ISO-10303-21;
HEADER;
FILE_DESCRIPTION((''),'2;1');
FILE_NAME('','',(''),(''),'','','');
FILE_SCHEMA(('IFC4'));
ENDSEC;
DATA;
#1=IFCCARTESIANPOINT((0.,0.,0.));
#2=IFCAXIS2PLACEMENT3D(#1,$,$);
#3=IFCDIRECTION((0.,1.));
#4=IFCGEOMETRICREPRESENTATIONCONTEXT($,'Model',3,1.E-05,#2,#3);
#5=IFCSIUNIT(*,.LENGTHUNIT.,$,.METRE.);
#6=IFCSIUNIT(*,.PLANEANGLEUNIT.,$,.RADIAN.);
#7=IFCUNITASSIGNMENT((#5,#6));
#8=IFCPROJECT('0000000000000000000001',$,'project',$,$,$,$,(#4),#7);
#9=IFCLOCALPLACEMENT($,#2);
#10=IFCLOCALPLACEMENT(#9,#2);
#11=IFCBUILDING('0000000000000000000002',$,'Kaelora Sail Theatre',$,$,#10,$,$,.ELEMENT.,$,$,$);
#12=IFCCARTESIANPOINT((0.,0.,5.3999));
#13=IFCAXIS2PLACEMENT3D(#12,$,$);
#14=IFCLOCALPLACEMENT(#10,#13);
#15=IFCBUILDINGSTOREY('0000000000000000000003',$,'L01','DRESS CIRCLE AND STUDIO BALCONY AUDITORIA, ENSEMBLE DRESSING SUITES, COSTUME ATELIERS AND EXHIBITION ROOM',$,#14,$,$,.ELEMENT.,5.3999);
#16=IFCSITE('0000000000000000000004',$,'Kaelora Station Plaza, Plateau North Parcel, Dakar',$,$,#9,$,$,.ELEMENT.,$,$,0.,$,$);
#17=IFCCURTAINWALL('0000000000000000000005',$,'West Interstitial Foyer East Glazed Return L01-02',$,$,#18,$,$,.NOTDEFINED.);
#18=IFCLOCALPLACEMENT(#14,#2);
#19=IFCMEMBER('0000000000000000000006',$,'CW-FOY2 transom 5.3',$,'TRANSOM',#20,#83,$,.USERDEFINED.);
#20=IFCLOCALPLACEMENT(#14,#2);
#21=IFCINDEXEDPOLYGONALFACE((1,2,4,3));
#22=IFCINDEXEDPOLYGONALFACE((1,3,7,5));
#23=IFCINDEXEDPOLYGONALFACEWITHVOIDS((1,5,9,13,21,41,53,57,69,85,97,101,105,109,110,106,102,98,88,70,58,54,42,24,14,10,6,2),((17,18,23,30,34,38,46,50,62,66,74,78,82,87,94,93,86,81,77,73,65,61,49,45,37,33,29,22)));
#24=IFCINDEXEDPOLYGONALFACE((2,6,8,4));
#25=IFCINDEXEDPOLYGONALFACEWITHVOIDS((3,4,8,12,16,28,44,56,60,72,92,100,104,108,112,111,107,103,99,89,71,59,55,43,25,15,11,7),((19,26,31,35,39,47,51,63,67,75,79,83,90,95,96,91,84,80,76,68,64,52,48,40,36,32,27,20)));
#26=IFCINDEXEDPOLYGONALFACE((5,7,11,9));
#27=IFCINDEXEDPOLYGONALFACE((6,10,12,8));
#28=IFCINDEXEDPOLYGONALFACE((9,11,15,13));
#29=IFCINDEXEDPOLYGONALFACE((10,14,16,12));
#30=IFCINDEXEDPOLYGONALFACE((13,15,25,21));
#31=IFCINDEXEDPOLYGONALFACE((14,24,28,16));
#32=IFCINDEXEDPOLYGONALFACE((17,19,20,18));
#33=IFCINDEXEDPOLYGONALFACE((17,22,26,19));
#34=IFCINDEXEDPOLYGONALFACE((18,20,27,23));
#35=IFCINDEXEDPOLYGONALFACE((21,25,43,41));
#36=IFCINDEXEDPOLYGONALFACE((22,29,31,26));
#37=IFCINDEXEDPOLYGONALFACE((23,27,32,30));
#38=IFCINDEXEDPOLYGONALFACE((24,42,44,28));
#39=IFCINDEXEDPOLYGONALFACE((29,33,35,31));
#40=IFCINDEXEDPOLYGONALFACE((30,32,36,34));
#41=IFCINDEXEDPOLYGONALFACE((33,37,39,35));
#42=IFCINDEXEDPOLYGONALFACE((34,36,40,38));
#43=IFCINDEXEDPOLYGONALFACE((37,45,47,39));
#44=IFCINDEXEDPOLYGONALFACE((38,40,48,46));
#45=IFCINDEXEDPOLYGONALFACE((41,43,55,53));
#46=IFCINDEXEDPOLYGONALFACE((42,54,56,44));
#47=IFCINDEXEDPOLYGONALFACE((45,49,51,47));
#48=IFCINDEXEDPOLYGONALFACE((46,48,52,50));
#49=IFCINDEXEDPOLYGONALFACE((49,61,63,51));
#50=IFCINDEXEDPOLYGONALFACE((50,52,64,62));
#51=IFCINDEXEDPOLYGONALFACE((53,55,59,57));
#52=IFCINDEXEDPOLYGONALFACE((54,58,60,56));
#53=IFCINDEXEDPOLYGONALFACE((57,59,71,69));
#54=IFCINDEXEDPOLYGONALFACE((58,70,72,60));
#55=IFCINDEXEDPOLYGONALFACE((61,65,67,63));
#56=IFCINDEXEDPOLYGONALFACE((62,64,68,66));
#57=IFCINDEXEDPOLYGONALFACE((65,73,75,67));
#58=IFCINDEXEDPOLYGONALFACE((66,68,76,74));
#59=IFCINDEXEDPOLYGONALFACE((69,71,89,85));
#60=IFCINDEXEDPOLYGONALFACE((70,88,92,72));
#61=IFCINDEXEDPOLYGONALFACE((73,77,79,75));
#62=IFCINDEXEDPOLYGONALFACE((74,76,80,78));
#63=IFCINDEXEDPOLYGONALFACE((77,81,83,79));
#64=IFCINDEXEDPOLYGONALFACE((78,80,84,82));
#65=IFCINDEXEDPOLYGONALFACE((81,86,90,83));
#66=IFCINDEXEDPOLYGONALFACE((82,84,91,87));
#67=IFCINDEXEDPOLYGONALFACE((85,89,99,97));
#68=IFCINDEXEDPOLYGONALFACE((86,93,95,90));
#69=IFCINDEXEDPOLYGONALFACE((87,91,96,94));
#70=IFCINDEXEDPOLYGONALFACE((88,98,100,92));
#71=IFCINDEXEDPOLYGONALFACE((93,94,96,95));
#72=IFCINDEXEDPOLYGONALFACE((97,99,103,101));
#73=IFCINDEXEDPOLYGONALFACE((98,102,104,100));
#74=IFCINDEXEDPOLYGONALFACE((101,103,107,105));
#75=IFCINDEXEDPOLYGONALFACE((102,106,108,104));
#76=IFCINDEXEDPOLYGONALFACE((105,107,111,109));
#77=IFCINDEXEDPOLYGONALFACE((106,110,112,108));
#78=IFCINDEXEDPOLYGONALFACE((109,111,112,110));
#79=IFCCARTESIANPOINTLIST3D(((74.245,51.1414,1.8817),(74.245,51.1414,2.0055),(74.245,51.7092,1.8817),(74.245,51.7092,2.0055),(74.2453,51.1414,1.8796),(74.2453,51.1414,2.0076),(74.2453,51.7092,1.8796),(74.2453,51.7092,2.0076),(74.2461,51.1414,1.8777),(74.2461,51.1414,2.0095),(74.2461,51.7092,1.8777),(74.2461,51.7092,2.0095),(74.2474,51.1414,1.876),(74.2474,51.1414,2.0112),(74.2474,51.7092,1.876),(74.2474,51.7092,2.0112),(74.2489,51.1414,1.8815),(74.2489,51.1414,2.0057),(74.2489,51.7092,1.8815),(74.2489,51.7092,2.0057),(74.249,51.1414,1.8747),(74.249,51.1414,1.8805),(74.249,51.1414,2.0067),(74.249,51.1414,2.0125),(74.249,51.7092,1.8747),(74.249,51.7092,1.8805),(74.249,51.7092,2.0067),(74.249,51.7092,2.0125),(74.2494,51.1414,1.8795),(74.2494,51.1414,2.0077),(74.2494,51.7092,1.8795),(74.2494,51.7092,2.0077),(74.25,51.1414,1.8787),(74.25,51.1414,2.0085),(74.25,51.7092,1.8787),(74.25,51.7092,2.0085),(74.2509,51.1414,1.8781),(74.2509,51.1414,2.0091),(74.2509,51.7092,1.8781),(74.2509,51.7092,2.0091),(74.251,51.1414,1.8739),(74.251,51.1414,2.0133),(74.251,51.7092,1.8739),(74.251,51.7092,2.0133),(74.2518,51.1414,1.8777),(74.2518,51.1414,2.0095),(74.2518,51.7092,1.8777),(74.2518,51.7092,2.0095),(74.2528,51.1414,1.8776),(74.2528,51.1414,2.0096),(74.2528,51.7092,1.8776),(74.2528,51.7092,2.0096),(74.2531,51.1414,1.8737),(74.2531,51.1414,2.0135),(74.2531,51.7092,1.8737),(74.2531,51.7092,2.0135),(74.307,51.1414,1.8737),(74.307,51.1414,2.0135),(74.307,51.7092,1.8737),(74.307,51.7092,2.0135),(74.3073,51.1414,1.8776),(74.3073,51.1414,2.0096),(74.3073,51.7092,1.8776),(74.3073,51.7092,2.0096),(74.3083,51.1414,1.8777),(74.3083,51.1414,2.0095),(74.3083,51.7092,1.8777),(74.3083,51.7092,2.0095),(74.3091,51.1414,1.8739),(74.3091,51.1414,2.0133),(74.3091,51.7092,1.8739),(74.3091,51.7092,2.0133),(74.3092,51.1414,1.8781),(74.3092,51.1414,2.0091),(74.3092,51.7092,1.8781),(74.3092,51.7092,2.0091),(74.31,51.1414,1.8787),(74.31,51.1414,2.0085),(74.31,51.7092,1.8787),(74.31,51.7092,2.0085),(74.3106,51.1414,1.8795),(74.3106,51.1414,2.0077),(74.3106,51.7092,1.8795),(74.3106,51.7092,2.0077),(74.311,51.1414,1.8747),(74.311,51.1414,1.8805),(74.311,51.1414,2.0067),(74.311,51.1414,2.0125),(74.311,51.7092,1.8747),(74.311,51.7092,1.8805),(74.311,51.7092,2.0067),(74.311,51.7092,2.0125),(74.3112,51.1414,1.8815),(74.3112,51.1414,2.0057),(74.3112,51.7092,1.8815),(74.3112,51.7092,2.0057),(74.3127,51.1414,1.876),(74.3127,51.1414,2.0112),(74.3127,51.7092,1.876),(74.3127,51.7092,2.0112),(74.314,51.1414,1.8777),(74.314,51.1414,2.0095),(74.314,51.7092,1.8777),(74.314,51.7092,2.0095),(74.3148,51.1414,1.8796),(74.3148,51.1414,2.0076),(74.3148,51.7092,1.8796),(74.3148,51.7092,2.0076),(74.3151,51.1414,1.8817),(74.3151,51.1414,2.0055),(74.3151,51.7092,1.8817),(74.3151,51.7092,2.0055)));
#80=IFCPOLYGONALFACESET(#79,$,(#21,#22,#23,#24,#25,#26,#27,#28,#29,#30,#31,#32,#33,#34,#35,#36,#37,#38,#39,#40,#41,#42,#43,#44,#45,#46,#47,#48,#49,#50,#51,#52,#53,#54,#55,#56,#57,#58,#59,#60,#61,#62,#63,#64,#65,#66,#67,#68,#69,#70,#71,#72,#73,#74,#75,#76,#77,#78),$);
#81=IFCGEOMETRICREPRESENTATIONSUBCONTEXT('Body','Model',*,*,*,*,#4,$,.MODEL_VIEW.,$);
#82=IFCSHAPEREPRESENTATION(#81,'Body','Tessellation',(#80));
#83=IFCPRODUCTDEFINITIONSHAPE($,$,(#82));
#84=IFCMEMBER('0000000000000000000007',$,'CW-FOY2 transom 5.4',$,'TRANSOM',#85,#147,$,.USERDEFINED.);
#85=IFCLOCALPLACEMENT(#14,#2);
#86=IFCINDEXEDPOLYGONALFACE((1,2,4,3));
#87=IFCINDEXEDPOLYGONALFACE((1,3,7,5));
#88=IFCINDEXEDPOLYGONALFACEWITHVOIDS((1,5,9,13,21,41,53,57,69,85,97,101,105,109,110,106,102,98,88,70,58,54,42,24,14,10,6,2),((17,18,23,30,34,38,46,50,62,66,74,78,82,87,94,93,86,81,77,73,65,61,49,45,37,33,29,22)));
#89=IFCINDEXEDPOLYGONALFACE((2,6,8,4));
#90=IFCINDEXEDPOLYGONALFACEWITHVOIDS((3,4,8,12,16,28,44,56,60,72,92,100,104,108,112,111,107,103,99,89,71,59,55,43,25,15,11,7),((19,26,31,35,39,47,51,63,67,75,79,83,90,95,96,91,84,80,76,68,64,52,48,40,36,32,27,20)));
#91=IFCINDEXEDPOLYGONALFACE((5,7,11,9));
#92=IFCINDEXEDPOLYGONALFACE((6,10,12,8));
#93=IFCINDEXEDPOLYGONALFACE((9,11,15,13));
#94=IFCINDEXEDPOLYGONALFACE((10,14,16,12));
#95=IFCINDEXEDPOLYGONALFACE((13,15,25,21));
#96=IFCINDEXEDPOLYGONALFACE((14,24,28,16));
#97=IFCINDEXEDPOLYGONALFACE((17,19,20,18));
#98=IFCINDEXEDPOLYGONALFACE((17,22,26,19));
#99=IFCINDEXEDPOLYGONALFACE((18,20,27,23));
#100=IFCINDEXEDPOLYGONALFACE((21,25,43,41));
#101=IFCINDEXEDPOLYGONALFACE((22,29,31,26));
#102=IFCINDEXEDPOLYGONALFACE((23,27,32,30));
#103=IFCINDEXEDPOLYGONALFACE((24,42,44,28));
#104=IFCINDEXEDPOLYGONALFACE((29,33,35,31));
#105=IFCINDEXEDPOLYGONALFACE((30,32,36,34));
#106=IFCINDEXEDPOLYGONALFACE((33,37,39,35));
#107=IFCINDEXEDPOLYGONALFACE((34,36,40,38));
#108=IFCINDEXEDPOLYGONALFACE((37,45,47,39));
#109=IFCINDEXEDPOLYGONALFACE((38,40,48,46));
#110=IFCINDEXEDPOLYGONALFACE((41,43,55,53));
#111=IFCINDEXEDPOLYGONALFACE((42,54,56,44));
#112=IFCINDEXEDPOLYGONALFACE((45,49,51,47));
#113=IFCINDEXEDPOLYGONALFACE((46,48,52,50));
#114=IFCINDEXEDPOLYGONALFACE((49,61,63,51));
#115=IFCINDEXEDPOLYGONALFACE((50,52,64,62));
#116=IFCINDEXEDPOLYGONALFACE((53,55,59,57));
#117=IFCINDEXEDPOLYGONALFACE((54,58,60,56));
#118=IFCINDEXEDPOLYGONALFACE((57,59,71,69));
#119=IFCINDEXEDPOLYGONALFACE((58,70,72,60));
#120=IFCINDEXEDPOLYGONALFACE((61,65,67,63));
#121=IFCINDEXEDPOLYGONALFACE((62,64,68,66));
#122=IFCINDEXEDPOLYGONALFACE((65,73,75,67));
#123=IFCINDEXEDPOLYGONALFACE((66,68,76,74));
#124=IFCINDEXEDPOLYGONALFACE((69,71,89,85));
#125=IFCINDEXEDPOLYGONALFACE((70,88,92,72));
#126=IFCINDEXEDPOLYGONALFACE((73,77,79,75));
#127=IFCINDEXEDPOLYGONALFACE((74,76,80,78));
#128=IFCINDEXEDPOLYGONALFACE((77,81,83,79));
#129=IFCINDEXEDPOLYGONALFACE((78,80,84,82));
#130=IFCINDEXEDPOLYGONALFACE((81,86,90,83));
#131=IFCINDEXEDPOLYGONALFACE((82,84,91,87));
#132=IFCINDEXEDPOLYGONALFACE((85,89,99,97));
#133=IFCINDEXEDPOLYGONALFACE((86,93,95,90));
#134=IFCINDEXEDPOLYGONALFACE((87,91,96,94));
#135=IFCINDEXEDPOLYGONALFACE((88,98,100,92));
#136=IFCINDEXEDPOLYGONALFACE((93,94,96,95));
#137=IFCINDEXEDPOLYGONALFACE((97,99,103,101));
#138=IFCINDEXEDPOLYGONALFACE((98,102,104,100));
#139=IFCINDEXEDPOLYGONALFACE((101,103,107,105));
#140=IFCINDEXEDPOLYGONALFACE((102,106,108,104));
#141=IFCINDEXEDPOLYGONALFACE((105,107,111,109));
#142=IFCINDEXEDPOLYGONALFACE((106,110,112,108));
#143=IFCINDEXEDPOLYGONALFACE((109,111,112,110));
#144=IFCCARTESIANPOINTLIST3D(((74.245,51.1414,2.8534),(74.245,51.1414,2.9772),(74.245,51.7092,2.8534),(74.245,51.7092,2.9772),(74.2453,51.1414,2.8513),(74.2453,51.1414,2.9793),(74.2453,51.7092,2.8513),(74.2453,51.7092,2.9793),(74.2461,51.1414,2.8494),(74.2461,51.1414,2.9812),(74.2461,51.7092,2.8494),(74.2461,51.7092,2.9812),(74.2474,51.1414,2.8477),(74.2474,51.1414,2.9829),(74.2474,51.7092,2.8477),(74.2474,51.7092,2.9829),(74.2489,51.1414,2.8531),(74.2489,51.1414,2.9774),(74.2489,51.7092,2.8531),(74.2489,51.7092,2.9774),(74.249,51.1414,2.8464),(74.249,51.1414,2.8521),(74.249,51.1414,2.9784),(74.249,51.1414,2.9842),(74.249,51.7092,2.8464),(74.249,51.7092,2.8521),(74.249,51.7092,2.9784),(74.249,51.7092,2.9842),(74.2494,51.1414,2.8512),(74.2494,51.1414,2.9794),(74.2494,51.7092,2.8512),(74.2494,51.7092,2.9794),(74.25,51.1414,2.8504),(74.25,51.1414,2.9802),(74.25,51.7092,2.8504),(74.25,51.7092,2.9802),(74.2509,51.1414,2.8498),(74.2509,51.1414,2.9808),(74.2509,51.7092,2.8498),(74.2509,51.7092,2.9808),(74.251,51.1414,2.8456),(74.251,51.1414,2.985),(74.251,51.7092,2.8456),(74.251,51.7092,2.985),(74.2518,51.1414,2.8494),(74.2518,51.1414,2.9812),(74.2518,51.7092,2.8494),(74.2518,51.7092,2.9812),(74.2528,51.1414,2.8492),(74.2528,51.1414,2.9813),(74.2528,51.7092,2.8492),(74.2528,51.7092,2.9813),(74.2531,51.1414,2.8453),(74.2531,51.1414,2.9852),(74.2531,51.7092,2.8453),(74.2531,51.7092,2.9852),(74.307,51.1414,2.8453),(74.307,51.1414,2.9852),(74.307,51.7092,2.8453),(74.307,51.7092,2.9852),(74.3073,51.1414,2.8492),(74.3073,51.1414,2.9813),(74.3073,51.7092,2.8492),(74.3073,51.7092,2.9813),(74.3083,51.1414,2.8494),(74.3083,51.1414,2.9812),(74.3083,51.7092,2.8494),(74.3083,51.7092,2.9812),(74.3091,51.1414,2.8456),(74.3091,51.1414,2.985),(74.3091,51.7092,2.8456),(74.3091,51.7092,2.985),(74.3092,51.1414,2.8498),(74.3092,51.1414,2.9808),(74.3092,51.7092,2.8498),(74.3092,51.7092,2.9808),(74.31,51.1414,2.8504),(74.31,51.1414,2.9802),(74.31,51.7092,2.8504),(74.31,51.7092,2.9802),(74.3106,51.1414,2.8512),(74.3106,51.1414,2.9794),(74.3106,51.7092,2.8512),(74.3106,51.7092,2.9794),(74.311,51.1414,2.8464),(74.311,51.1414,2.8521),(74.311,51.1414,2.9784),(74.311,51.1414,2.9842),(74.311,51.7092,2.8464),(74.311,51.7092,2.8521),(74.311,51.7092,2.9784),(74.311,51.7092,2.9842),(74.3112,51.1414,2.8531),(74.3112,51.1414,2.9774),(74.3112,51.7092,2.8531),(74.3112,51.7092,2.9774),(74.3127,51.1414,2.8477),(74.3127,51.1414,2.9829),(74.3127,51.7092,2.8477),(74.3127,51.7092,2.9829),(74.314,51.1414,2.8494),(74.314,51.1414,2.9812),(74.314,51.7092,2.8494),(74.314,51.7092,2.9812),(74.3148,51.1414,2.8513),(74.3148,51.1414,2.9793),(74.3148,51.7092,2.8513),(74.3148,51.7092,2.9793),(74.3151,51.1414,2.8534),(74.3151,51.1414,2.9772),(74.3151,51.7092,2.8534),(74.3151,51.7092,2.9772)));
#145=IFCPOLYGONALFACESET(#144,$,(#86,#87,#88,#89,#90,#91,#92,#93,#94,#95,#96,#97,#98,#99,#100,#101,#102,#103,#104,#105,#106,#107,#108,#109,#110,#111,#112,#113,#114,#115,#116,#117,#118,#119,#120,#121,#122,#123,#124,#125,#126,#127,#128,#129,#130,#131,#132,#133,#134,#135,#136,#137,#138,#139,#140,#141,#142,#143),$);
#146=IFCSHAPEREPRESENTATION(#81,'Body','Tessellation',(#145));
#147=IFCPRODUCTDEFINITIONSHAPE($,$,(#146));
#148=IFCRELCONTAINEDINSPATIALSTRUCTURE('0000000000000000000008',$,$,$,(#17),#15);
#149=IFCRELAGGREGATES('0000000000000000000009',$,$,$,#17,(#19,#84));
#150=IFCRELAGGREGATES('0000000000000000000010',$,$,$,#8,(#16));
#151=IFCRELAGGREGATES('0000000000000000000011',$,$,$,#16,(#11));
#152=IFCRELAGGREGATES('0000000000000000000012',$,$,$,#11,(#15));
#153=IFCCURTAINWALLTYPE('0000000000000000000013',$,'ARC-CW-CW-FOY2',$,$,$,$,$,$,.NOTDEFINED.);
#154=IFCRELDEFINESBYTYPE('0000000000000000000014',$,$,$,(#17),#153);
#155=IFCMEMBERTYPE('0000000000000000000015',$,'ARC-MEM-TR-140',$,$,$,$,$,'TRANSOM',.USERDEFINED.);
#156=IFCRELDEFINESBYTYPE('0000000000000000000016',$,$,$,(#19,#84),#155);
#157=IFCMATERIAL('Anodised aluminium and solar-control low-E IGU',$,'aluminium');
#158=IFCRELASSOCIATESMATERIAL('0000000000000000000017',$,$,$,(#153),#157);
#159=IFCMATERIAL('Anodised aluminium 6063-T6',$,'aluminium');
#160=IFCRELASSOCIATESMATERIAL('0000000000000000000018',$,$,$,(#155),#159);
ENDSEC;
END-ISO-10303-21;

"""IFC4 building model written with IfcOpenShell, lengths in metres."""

from ifc_helpers import new_model, si_unit, direction, frame, origin, origin_2d, place, context, subcontext, project, spatial, hollow_rectangle, extrude, material, material_profile, profile_set, type_object, element, aggregate, save


model = new_model("IFC4")

# Units and contexts
model_context = context("Model", 3, precision=1e-05, world=origin(), true_north=direction((0.0, 1.0)))
body_context = subcontext(model_context, "Body", "Model", "MODEL_VIEW")
ifc_project = project(units=[si_unit("LENGTHUNIT", "METRE"), si_unit("PLANEANGLEUNIT", "RADIAN")], contexts=[model_context])

# Site, building, storey
site_placement = place(None, origin())
site = spatial("IfcSite", under=ifc_project, at=site_placement, Name="Kaelora Station Plaza, Plateau North Parcel, Dakar", CompositionType="ELEMENT", RefElevation=0.0)
building_placement = place(site_placement, origin())
building = spatial("IfcBuilding", under=site, at=building_placement, Name="Kaelora Sail Theatre", CompositionType="ELEMENT")
storey_placement = place(building_placement, frame((0.0, 0.0, 5.3999)))
storey = spatial("IfcBuildingStorey", under=building, at=storey_placement, Name="L01", Description="DRESS CIRCLE AND STUDIO BALCONY AUDITORIA, ENSEMBLE DRESSING SUITES, COSTUME ATELIERS AND EXHIBITION ROOM", CompositionType="ELEMENT", Elevation=5.3999)

# Curtain wall, members
ifc_material_1 = material(Name="Anodised aluminium and solar-control low-E IGU", Category="aluminium")
curtain_wall_type = type_object("IfcCurtainWallType", Name="ARC-CW-CW-FOY2", PredefinedType="NOTDEFINED", material=ifc_material_1)
curtain_wall_1_placement = place(storey_placement, origin())
curtain_wall_1 = element("IfcCurtainWall", 1, at=curtain_wall_1_placement, inside=storey, type_object=curtain_wall_type, Name="West Interstitial Foyer East Glazed Return L01-02", PredefinedType="NOTDEFINED")
ifc_material_2 = material(Name="Anodised aluminium 6063-T6", Category="aluminium")
ifc_material_profile = material_profile(ifc_material_2, hollow_rectangle(XDim=0.0701, YDim=0.1399, WallThickness=0.0039, InnerFilletRadius=0.0039, OuterFilletRadius=0.0081, at=origin_2d()), Name="ALU-TRAN 70x140x4")
ifc_profile_set = profile_set([ifc_material_profile], Name="Anodised aluminium 6063-T6")
member_type = type_object("IfcMemberType", Name="ARC-MEM-TR-140", ElementType="TRANSOM", PredefinedType="USERDEFINED", material=ifc_profile_set)
member_1_placement = place(storey_placement, frame((74.28, 51.1414, 1.9436), z_axis=(0.0, 1.0, 0.0), x_axis=(-1.0, 0.0, 0.0)))
member_1 = element("IfcMember", 2, at=member_1_placement, type_object=member_type, Name="CW-FOY2 transom 5.3", ObjectType="TRANSOM", PredefinedType="USERDEFINED", context=body_context, shape_type="SweptSolid", body=[
    extrude(hollow_rectangle(XDim=0.0701, YDim=0.1399, WallThickness=0.0039, InnerFilletRadius=0.0039, OuterFilletRadius=0.0081, at=origin_2d()), origin(), (0.0, 0.0, 1.0), 0.5679),
])
member_2_placement = place(storey_placement, frame((74.28, 51.1414, 2.9153), z_axis=(0.0, 1.0, 0.0), x_axis=(-1.0, 0.0, 0.0)))
member_2 = element("IfcMember", 3, at=member_2_placement, type_object=member_type, Name="CW-FOY2 transom 5.4", ObjectType="TRANSOM", PredefinedType="USERDEFINED", context=body_context, shape_type="SweptSolid", body=[
    extrude(hollow_rectangle(XDim=0.0701, YDim=0.1399, WallThickness=0.0039, InnerFilletRadius=0.0039, OuterFilletRadius=0.0081, at=origin_2d()), origin(), (0.0, 0.0, 1.0), 0.5679),
])

aggregate(curtain_wall_1, [member_1, member_2])

save(model, "model.ifc")
